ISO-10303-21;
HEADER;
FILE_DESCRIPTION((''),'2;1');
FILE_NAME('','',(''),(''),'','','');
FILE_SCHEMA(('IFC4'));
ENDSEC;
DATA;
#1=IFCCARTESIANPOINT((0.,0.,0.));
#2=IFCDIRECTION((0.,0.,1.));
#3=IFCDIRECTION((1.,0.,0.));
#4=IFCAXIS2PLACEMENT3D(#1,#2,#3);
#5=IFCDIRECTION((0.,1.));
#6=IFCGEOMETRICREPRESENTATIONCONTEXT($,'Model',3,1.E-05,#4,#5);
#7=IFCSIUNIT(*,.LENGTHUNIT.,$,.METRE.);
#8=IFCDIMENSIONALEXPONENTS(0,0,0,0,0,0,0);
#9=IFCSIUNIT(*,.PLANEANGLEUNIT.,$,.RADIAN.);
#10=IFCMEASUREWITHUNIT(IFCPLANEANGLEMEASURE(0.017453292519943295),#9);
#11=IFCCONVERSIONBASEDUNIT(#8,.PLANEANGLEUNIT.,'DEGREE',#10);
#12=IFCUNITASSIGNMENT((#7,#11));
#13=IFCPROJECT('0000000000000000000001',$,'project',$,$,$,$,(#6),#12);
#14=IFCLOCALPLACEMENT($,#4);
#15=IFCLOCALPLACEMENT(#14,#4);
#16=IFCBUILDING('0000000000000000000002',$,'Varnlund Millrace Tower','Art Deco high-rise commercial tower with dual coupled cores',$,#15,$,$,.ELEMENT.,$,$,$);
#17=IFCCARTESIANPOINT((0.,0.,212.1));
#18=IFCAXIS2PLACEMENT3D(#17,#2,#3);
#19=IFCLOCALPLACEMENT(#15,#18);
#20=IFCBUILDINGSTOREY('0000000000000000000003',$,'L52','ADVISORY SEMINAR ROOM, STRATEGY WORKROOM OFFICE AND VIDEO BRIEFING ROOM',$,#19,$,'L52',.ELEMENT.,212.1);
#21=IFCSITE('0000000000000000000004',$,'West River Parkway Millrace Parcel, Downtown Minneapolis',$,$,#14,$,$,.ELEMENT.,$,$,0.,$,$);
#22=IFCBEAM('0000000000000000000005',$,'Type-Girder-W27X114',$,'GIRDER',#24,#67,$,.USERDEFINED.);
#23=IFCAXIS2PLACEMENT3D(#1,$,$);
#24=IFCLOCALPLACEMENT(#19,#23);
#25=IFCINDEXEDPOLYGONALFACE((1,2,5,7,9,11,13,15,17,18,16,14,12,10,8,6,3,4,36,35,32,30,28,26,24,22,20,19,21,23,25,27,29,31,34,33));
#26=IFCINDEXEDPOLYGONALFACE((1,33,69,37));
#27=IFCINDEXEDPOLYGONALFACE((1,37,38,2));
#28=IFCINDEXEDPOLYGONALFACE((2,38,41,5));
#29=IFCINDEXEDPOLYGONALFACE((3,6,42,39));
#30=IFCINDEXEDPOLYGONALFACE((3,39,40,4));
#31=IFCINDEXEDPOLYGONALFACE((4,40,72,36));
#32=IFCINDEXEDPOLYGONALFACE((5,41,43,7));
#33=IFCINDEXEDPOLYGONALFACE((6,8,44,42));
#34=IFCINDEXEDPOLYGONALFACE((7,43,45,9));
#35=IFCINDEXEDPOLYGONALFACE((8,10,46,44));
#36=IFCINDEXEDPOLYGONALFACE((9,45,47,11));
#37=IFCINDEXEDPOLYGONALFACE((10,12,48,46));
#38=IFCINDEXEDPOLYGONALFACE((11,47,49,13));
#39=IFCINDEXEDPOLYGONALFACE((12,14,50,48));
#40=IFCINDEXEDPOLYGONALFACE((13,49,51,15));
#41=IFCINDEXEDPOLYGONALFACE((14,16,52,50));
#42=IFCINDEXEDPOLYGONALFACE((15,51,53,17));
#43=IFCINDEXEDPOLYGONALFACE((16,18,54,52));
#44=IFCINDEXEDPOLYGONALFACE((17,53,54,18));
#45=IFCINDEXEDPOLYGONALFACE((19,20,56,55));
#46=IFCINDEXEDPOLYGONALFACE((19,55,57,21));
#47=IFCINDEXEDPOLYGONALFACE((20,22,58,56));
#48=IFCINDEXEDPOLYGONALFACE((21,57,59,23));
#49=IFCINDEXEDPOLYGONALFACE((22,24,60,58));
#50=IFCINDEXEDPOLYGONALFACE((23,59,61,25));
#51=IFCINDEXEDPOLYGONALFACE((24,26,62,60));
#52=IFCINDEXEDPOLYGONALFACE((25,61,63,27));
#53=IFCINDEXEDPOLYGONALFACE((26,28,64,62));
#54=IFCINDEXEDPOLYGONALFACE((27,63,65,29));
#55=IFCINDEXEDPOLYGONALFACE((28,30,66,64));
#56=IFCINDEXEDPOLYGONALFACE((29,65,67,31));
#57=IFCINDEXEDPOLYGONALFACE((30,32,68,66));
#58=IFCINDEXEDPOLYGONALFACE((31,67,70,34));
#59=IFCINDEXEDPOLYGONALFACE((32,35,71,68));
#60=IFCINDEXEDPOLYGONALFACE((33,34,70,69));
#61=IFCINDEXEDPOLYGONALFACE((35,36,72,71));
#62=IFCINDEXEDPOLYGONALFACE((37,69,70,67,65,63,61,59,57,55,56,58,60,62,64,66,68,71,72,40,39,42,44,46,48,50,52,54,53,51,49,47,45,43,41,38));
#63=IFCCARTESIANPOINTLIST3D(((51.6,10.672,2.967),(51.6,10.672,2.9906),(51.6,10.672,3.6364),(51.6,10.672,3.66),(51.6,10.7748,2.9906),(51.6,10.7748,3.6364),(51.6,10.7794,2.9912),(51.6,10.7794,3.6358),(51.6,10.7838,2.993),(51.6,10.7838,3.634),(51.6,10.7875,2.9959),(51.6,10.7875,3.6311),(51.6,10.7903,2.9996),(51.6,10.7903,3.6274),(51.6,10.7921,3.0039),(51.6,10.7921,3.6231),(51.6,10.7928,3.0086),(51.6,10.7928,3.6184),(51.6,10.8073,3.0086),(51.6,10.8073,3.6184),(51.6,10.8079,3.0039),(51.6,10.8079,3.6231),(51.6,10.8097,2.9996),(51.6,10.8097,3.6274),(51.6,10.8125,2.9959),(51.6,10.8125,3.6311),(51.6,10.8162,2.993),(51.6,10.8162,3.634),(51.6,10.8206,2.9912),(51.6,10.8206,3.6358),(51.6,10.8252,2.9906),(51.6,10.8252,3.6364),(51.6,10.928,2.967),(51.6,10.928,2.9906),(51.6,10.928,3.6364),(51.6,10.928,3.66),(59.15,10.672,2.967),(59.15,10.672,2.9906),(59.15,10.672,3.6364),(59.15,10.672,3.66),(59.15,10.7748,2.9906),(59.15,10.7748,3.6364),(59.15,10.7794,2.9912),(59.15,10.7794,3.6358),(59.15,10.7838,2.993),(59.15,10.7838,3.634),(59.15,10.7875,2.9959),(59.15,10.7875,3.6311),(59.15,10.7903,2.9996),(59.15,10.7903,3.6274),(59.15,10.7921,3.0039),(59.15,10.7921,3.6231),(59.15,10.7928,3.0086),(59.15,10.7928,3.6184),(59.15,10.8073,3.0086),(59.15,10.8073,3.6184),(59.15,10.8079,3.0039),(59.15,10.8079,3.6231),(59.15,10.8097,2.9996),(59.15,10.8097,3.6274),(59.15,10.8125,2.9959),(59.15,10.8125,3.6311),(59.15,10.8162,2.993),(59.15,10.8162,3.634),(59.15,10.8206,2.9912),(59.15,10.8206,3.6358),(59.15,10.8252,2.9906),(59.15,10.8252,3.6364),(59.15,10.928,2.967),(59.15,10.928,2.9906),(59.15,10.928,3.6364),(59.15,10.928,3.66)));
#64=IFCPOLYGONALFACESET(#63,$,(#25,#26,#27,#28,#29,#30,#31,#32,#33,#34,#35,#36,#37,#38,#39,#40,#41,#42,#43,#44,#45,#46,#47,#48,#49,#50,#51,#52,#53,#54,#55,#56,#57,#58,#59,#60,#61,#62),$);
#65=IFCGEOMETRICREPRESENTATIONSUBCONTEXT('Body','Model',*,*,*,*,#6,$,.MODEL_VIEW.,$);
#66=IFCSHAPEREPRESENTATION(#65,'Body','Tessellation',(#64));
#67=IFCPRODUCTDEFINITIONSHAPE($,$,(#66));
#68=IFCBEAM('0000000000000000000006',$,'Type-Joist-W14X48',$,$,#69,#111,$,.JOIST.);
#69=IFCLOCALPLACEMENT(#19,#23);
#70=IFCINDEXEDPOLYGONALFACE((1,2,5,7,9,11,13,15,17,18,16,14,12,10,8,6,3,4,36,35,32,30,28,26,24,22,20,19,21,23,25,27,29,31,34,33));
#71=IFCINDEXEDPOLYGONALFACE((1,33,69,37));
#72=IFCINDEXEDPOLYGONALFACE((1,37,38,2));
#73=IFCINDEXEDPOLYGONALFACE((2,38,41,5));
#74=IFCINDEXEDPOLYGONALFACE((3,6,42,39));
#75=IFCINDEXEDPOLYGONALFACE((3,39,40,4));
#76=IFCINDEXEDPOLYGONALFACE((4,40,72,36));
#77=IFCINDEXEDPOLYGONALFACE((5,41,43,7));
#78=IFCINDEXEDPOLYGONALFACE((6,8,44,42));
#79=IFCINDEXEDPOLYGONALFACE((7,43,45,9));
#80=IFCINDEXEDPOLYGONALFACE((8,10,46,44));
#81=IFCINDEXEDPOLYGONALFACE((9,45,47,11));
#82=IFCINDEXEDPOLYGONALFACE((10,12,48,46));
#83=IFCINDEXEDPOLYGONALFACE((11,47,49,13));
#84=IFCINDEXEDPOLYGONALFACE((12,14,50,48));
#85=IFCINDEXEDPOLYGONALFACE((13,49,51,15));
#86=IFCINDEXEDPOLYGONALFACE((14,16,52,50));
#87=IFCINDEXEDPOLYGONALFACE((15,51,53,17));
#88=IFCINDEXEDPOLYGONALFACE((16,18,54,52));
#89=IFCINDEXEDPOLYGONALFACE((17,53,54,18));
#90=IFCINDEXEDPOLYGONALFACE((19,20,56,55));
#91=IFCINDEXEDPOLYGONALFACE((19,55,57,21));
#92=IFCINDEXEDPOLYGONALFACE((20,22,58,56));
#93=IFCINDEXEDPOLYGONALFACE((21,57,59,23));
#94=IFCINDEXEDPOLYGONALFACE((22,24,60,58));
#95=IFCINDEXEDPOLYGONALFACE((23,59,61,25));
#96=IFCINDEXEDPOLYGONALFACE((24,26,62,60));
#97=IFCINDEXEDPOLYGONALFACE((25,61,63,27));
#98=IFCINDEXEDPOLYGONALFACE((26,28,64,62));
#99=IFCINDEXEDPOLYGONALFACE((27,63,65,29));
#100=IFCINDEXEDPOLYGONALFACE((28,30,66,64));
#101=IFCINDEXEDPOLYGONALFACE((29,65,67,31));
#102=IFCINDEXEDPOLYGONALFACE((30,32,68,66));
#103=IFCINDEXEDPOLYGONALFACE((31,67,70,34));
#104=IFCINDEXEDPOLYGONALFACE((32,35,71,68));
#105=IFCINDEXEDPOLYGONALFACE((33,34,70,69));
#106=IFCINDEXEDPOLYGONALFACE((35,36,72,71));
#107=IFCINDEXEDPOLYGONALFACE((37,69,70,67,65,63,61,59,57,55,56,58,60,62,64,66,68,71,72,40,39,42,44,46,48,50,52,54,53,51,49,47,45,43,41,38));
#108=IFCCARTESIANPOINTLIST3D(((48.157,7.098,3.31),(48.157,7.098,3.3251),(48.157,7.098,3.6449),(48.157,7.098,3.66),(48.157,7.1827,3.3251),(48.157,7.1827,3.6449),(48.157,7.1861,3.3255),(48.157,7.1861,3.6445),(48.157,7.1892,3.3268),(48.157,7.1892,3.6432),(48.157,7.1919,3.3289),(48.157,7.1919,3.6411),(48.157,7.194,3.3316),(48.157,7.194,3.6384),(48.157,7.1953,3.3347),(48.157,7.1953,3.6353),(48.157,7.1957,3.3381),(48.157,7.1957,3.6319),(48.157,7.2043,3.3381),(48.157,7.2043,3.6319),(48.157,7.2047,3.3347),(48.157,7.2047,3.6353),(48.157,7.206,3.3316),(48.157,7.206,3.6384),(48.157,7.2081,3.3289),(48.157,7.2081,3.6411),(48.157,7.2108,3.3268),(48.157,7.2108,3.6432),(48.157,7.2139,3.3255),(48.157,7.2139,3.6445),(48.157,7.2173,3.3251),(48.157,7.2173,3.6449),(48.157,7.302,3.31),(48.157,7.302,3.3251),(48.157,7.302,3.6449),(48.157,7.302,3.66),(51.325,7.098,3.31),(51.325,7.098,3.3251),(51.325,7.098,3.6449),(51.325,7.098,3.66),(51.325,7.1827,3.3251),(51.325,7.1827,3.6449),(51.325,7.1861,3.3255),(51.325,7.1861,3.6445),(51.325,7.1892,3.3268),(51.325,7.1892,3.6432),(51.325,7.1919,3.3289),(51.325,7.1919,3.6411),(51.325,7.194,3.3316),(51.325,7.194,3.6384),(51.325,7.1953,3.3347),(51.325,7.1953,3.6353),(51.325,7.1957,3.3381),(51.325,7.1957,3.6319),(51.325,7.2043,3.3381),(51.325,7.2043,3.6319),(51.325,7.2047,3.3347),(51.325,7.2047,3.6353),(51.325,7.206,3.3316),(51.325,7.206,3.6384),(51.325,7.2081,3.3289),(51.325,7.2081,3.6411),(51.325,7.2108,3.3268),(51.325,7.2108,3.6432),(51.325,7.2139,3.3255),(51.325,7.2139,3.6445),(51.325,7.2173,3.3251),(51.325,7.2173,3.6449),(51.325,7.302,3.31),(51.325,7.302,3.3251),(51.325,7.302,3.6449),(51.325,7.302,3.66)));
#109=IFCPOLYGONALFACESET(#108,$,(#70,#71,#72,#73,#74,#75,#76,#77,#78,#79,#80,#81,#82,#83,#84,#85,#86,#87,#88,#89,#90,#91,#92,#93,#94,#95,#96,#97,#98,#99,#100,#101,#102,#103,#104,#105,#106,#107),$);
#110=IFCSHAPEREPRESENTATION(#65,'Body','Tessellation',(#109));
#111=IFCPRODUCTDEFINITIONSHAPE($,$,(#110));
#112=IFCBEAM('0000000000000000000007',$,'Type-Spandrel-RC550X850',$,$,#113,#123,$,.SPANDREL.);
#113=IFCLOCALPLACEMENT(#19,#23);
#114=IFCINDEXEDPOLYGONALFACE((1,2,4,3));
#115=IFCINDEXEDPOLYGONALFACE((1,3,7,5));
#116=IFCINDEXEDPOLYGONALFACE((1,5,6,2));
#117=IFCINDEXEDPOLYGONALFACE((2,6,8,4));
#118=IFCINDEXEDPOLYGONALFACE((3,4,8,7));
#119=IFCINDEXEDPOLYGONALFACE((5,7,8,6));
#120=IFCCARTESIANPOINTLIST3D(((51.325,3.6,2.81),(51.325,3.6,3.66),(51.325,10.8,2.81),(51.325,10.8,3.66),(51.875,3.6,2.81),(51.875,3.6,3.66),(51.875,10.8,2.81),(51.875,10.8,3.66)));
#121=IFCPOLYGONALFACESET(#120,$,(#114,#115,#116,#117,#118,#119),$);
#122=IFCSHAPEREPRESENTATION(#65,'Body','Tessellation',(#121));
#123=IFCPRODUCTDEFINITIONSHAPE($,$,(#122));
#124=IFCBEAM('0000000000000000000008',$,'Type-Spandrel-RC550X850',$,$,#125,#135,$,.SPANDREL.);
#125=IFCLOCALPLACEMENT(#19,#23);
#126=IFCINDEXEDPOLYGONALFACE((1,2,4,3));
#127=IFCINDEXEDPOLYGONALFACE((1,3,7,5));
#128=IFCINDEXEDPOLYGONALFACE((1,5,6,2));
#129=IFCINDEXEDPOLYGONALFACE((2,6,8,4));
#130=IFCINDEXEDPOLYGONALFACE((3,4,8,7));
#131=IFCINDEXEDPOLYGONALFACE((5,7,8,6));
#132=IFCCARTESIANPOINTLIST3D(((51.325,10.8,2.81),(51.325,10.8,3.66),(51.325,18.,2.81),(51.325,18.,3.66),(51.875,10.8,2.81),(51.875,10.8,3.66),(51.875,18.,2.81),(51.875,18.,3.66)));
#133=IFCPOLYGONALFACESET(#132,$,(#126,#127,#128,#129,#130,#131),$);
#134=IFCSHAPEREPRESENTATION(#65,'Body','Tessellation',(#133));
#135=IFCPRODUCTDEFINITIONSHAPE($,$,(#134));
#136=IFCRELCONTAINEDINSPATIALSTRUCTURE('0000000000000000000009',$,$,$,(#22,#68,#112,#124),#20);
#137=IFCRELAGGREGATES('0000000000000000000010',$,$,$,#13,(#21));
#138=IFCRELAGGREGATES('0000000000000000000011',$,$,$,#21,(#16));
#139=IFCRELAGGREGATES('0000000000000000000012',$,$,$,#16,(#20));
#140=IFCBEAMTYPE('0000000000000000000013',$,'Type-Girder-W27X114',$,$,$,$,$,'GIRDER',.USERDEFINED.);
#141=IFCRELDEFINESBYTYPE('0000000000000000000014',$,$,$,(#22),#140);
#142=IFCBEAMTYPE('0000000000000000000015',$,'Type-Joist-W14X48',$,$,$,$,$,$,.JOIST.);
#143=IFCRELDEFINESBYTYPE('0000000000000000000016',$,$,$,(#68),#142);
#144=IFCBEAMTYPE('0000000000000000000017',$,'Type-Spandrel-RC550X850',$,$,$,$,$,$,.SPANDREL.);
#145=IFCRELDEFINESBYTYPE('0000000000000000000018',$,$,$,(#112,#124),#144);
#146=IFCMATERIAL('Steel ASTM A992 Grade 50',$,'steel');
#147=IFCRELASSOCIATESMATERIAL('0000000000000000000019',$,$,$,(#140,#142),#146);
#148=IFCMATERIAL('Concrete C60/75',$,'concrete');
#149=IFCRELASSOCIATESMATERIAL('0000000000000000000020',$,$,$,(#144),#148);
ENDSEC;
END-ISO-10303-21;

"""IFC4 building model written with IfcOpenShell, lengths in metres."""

from ifc_helpers import new_model, entity, si_unit, converted_unit, direction, frame, origin_with_axes, origin_2d_with_axis, place, context, subcontext, project, spatial, rectangle, i_section, extrude, material, material_profile, profile_set, type_object, element, save


model = new_model("IFC4")

# Units and contexts
model_context = context("Model", 3, precision=1e-05, world=origin_with_axes(), true_north=direction((0.0, 1.0)))
body_context = subcontext(model_context, "Body", "Model", "MODEL_VIEW")
ifc_project = project(units=[si_unit("LENGTHUNIT", "METRE"), converted_unit("PLANEANGLEUNIT", "DEGREE", entity("IfcPlaneAngleMeasure", 0.017453292519943295), si_unit("PLANEANGLEUNIT", "RADIAN"), dimensions=[0, 0, 0, 0, 0, 0, 0])], contexts=[model_context])

# Site, building, storey
site_placement = place(None, origin_with_axes())
site = spatial("IfcSite", under=ifc_project, at=site_placement, Name="West River Parkway Millrace Parcel, Downtown Minneapolis", CompositionType="ELEMENT", RefElevation=0.0)
building_placement = place(site_placement, origin_with_axes())
building = spatial("IfcBuilding", under=site, at=building_placement, Name="Varnlund Millrace Tower", Description="Art Deco high-rise commercial tower with dual coupled cores", CompositionType="ELEMENT")
storey_placement = place(building_placement, frame((0.0, 0.0, 212.1), z_axis=(0.0, 0.0, 1.0), x_axis=(1.0, 0.0, 0.0)))
storey = spatial("IfcBuildingStorey", under=building, at=storey_placement, Name="L52", Description="ADVISORY SEMINAR ROOM, STRATEGY WORKROOM OFFICE AND VIDEO BRIEFING ROOM", LongName="L52", CompositionType="ELEMENT", Elevation=212.1)

# Beams
ifc_material_1 = material(Name="Steel ASTM A992 Grade 50", Category="steel")
ifc_material_profile_1 = material_profile(ifc_material_1, i_section(OverallWidth=0.256, OverallDepth=0.693, WebThickness=0.0145, FlangeThickness=0.0236, FilletRadius=0.018, at=origin_2d_with_axis()), Name="Steel ASTM A992 Grade 50")
ifc_profile_set_1 = profile_set([ifc_material_profile_1], Name="Steel ASTM A992 Grade 50")
beam_type_1 = type_object("IfcBeamType", Name="Type-Girder-W27X114", ElementType="GIRDER", PredefinedType="USERDEFINED", material=ifc_profile_set_1)
beam_1_placement = place(storey_placement, frame((51.6, 10.8, 3.3135), z_axis=(1.0, 0.0, 0.0), x_axis=(0.0, 1.0, 0.0)))
element("IfcBeam", 1, at=beam_1_placement, inside=storey, type_object=beam_type_1, Name="Type-Girder-W27X114", ObjectType="GIRDER", PredefinedType="USERDEFINED", context=body_context, shape_type="SweptSolid", body=[
    extrude(i_section(OverallWidth=0.256, OverallDepth=0.693, WebThickness=0.0145, FlangeThickness=0.0236, FilletRadius=0.018, at=origin_2d_with_axis()), origin_with_axes(), (0.0, 0.0, 1.0), 7.55),
])
ifc_material_profile_2 = material_profile(ifc_material_1, i_section(OverallWidth=0.204, OverallDepth=0.35, WebThickness=0.0086, FlangeThickness=0.0151, FilletRadius=0.013, at=origin_2d_with_axis()), Name="Steel ASTM A992 Grade 50")
ifc_profile_set_2 = profile_set([ifc_material_profile_2], Name="Steel ASTM A992 Grade 50")
beam_type_2 = type_object("IfcBeamType", Name="Type-Joist-W14X48", PredefinedType="JOIST", material=ifc_profile_set_2)
beam_2_placement = place(storey_placement, frame((48.157, 7.2, 3.485), z_axis=(1.0, 0.0, 0.0), x_axis=(0.0, 1.0, 0.0)))
element("IfcBeam", 2, at=beam_2_placement, inside=storey, type_object=beam_type_2, Name="Type-Joist-W14X48", PredefinedType="JOIST", context=body_context, shape_type="SweptSolid", body=[
    extrude(i_section(OverallWidth=0.204, OverallDepth=0.35, WebThickness=0.0086, FlangeThickness=0.0151, FilletRadius=0.013, at=origin_2d_with_axis()), origin_with_axes(), (0.0, 0.0, 1.0), 3.168),
])
ifc_material_2 = material(Name="Concrete C60/75", Category="concrete")
ifc_material_profile_3 = material_profile(ifc_material_2, rectangle(XDim=0.55, YDim=0.85, at=origin_2d_with_axis()), Name="Concrete C60/75")
ifc_profile_set_3 = profile_set([ifc_material_profile_3], Name="Concrete C60/75")
beam_type_3 = type_object("IfcBeamType", Name="Type-Spandrel-RC550X850", PredefinedType="SPANDREL", material=ifc_profile_set_3)
for number, where, z_axis, x_axis, name in (
    (3, (51.6, 3.6, 3.235), (0.0, 1.0, 0.0), (-1.0, 0.0, 0.0), "Type-Spandrel-RC550X850"),
    (4, (51.6, 10.8, 3.235), (0.0, 1.0, 0.0), (-1.0, 0.0, 0.0), "Type-Spandrel-RC550X850"),
):
    element("IfcBeam", number, at=place(storey_placement, frame(where, z_axis=z_axis, x_axis=x_axis)), inside=storey, type_object=beam_type_3, Name=name, PredefinedType="SPANDREL", context=body_context, shape_type="SweptSolid", body=[
        extrude(rectangle(XDim=0.55, YDim=0.85, at=origin_2d_with_axis()), origin_with_axes(), (0.0, 0.0, 1.0), 7.2),
    ])

save(model, "model.ifc")
